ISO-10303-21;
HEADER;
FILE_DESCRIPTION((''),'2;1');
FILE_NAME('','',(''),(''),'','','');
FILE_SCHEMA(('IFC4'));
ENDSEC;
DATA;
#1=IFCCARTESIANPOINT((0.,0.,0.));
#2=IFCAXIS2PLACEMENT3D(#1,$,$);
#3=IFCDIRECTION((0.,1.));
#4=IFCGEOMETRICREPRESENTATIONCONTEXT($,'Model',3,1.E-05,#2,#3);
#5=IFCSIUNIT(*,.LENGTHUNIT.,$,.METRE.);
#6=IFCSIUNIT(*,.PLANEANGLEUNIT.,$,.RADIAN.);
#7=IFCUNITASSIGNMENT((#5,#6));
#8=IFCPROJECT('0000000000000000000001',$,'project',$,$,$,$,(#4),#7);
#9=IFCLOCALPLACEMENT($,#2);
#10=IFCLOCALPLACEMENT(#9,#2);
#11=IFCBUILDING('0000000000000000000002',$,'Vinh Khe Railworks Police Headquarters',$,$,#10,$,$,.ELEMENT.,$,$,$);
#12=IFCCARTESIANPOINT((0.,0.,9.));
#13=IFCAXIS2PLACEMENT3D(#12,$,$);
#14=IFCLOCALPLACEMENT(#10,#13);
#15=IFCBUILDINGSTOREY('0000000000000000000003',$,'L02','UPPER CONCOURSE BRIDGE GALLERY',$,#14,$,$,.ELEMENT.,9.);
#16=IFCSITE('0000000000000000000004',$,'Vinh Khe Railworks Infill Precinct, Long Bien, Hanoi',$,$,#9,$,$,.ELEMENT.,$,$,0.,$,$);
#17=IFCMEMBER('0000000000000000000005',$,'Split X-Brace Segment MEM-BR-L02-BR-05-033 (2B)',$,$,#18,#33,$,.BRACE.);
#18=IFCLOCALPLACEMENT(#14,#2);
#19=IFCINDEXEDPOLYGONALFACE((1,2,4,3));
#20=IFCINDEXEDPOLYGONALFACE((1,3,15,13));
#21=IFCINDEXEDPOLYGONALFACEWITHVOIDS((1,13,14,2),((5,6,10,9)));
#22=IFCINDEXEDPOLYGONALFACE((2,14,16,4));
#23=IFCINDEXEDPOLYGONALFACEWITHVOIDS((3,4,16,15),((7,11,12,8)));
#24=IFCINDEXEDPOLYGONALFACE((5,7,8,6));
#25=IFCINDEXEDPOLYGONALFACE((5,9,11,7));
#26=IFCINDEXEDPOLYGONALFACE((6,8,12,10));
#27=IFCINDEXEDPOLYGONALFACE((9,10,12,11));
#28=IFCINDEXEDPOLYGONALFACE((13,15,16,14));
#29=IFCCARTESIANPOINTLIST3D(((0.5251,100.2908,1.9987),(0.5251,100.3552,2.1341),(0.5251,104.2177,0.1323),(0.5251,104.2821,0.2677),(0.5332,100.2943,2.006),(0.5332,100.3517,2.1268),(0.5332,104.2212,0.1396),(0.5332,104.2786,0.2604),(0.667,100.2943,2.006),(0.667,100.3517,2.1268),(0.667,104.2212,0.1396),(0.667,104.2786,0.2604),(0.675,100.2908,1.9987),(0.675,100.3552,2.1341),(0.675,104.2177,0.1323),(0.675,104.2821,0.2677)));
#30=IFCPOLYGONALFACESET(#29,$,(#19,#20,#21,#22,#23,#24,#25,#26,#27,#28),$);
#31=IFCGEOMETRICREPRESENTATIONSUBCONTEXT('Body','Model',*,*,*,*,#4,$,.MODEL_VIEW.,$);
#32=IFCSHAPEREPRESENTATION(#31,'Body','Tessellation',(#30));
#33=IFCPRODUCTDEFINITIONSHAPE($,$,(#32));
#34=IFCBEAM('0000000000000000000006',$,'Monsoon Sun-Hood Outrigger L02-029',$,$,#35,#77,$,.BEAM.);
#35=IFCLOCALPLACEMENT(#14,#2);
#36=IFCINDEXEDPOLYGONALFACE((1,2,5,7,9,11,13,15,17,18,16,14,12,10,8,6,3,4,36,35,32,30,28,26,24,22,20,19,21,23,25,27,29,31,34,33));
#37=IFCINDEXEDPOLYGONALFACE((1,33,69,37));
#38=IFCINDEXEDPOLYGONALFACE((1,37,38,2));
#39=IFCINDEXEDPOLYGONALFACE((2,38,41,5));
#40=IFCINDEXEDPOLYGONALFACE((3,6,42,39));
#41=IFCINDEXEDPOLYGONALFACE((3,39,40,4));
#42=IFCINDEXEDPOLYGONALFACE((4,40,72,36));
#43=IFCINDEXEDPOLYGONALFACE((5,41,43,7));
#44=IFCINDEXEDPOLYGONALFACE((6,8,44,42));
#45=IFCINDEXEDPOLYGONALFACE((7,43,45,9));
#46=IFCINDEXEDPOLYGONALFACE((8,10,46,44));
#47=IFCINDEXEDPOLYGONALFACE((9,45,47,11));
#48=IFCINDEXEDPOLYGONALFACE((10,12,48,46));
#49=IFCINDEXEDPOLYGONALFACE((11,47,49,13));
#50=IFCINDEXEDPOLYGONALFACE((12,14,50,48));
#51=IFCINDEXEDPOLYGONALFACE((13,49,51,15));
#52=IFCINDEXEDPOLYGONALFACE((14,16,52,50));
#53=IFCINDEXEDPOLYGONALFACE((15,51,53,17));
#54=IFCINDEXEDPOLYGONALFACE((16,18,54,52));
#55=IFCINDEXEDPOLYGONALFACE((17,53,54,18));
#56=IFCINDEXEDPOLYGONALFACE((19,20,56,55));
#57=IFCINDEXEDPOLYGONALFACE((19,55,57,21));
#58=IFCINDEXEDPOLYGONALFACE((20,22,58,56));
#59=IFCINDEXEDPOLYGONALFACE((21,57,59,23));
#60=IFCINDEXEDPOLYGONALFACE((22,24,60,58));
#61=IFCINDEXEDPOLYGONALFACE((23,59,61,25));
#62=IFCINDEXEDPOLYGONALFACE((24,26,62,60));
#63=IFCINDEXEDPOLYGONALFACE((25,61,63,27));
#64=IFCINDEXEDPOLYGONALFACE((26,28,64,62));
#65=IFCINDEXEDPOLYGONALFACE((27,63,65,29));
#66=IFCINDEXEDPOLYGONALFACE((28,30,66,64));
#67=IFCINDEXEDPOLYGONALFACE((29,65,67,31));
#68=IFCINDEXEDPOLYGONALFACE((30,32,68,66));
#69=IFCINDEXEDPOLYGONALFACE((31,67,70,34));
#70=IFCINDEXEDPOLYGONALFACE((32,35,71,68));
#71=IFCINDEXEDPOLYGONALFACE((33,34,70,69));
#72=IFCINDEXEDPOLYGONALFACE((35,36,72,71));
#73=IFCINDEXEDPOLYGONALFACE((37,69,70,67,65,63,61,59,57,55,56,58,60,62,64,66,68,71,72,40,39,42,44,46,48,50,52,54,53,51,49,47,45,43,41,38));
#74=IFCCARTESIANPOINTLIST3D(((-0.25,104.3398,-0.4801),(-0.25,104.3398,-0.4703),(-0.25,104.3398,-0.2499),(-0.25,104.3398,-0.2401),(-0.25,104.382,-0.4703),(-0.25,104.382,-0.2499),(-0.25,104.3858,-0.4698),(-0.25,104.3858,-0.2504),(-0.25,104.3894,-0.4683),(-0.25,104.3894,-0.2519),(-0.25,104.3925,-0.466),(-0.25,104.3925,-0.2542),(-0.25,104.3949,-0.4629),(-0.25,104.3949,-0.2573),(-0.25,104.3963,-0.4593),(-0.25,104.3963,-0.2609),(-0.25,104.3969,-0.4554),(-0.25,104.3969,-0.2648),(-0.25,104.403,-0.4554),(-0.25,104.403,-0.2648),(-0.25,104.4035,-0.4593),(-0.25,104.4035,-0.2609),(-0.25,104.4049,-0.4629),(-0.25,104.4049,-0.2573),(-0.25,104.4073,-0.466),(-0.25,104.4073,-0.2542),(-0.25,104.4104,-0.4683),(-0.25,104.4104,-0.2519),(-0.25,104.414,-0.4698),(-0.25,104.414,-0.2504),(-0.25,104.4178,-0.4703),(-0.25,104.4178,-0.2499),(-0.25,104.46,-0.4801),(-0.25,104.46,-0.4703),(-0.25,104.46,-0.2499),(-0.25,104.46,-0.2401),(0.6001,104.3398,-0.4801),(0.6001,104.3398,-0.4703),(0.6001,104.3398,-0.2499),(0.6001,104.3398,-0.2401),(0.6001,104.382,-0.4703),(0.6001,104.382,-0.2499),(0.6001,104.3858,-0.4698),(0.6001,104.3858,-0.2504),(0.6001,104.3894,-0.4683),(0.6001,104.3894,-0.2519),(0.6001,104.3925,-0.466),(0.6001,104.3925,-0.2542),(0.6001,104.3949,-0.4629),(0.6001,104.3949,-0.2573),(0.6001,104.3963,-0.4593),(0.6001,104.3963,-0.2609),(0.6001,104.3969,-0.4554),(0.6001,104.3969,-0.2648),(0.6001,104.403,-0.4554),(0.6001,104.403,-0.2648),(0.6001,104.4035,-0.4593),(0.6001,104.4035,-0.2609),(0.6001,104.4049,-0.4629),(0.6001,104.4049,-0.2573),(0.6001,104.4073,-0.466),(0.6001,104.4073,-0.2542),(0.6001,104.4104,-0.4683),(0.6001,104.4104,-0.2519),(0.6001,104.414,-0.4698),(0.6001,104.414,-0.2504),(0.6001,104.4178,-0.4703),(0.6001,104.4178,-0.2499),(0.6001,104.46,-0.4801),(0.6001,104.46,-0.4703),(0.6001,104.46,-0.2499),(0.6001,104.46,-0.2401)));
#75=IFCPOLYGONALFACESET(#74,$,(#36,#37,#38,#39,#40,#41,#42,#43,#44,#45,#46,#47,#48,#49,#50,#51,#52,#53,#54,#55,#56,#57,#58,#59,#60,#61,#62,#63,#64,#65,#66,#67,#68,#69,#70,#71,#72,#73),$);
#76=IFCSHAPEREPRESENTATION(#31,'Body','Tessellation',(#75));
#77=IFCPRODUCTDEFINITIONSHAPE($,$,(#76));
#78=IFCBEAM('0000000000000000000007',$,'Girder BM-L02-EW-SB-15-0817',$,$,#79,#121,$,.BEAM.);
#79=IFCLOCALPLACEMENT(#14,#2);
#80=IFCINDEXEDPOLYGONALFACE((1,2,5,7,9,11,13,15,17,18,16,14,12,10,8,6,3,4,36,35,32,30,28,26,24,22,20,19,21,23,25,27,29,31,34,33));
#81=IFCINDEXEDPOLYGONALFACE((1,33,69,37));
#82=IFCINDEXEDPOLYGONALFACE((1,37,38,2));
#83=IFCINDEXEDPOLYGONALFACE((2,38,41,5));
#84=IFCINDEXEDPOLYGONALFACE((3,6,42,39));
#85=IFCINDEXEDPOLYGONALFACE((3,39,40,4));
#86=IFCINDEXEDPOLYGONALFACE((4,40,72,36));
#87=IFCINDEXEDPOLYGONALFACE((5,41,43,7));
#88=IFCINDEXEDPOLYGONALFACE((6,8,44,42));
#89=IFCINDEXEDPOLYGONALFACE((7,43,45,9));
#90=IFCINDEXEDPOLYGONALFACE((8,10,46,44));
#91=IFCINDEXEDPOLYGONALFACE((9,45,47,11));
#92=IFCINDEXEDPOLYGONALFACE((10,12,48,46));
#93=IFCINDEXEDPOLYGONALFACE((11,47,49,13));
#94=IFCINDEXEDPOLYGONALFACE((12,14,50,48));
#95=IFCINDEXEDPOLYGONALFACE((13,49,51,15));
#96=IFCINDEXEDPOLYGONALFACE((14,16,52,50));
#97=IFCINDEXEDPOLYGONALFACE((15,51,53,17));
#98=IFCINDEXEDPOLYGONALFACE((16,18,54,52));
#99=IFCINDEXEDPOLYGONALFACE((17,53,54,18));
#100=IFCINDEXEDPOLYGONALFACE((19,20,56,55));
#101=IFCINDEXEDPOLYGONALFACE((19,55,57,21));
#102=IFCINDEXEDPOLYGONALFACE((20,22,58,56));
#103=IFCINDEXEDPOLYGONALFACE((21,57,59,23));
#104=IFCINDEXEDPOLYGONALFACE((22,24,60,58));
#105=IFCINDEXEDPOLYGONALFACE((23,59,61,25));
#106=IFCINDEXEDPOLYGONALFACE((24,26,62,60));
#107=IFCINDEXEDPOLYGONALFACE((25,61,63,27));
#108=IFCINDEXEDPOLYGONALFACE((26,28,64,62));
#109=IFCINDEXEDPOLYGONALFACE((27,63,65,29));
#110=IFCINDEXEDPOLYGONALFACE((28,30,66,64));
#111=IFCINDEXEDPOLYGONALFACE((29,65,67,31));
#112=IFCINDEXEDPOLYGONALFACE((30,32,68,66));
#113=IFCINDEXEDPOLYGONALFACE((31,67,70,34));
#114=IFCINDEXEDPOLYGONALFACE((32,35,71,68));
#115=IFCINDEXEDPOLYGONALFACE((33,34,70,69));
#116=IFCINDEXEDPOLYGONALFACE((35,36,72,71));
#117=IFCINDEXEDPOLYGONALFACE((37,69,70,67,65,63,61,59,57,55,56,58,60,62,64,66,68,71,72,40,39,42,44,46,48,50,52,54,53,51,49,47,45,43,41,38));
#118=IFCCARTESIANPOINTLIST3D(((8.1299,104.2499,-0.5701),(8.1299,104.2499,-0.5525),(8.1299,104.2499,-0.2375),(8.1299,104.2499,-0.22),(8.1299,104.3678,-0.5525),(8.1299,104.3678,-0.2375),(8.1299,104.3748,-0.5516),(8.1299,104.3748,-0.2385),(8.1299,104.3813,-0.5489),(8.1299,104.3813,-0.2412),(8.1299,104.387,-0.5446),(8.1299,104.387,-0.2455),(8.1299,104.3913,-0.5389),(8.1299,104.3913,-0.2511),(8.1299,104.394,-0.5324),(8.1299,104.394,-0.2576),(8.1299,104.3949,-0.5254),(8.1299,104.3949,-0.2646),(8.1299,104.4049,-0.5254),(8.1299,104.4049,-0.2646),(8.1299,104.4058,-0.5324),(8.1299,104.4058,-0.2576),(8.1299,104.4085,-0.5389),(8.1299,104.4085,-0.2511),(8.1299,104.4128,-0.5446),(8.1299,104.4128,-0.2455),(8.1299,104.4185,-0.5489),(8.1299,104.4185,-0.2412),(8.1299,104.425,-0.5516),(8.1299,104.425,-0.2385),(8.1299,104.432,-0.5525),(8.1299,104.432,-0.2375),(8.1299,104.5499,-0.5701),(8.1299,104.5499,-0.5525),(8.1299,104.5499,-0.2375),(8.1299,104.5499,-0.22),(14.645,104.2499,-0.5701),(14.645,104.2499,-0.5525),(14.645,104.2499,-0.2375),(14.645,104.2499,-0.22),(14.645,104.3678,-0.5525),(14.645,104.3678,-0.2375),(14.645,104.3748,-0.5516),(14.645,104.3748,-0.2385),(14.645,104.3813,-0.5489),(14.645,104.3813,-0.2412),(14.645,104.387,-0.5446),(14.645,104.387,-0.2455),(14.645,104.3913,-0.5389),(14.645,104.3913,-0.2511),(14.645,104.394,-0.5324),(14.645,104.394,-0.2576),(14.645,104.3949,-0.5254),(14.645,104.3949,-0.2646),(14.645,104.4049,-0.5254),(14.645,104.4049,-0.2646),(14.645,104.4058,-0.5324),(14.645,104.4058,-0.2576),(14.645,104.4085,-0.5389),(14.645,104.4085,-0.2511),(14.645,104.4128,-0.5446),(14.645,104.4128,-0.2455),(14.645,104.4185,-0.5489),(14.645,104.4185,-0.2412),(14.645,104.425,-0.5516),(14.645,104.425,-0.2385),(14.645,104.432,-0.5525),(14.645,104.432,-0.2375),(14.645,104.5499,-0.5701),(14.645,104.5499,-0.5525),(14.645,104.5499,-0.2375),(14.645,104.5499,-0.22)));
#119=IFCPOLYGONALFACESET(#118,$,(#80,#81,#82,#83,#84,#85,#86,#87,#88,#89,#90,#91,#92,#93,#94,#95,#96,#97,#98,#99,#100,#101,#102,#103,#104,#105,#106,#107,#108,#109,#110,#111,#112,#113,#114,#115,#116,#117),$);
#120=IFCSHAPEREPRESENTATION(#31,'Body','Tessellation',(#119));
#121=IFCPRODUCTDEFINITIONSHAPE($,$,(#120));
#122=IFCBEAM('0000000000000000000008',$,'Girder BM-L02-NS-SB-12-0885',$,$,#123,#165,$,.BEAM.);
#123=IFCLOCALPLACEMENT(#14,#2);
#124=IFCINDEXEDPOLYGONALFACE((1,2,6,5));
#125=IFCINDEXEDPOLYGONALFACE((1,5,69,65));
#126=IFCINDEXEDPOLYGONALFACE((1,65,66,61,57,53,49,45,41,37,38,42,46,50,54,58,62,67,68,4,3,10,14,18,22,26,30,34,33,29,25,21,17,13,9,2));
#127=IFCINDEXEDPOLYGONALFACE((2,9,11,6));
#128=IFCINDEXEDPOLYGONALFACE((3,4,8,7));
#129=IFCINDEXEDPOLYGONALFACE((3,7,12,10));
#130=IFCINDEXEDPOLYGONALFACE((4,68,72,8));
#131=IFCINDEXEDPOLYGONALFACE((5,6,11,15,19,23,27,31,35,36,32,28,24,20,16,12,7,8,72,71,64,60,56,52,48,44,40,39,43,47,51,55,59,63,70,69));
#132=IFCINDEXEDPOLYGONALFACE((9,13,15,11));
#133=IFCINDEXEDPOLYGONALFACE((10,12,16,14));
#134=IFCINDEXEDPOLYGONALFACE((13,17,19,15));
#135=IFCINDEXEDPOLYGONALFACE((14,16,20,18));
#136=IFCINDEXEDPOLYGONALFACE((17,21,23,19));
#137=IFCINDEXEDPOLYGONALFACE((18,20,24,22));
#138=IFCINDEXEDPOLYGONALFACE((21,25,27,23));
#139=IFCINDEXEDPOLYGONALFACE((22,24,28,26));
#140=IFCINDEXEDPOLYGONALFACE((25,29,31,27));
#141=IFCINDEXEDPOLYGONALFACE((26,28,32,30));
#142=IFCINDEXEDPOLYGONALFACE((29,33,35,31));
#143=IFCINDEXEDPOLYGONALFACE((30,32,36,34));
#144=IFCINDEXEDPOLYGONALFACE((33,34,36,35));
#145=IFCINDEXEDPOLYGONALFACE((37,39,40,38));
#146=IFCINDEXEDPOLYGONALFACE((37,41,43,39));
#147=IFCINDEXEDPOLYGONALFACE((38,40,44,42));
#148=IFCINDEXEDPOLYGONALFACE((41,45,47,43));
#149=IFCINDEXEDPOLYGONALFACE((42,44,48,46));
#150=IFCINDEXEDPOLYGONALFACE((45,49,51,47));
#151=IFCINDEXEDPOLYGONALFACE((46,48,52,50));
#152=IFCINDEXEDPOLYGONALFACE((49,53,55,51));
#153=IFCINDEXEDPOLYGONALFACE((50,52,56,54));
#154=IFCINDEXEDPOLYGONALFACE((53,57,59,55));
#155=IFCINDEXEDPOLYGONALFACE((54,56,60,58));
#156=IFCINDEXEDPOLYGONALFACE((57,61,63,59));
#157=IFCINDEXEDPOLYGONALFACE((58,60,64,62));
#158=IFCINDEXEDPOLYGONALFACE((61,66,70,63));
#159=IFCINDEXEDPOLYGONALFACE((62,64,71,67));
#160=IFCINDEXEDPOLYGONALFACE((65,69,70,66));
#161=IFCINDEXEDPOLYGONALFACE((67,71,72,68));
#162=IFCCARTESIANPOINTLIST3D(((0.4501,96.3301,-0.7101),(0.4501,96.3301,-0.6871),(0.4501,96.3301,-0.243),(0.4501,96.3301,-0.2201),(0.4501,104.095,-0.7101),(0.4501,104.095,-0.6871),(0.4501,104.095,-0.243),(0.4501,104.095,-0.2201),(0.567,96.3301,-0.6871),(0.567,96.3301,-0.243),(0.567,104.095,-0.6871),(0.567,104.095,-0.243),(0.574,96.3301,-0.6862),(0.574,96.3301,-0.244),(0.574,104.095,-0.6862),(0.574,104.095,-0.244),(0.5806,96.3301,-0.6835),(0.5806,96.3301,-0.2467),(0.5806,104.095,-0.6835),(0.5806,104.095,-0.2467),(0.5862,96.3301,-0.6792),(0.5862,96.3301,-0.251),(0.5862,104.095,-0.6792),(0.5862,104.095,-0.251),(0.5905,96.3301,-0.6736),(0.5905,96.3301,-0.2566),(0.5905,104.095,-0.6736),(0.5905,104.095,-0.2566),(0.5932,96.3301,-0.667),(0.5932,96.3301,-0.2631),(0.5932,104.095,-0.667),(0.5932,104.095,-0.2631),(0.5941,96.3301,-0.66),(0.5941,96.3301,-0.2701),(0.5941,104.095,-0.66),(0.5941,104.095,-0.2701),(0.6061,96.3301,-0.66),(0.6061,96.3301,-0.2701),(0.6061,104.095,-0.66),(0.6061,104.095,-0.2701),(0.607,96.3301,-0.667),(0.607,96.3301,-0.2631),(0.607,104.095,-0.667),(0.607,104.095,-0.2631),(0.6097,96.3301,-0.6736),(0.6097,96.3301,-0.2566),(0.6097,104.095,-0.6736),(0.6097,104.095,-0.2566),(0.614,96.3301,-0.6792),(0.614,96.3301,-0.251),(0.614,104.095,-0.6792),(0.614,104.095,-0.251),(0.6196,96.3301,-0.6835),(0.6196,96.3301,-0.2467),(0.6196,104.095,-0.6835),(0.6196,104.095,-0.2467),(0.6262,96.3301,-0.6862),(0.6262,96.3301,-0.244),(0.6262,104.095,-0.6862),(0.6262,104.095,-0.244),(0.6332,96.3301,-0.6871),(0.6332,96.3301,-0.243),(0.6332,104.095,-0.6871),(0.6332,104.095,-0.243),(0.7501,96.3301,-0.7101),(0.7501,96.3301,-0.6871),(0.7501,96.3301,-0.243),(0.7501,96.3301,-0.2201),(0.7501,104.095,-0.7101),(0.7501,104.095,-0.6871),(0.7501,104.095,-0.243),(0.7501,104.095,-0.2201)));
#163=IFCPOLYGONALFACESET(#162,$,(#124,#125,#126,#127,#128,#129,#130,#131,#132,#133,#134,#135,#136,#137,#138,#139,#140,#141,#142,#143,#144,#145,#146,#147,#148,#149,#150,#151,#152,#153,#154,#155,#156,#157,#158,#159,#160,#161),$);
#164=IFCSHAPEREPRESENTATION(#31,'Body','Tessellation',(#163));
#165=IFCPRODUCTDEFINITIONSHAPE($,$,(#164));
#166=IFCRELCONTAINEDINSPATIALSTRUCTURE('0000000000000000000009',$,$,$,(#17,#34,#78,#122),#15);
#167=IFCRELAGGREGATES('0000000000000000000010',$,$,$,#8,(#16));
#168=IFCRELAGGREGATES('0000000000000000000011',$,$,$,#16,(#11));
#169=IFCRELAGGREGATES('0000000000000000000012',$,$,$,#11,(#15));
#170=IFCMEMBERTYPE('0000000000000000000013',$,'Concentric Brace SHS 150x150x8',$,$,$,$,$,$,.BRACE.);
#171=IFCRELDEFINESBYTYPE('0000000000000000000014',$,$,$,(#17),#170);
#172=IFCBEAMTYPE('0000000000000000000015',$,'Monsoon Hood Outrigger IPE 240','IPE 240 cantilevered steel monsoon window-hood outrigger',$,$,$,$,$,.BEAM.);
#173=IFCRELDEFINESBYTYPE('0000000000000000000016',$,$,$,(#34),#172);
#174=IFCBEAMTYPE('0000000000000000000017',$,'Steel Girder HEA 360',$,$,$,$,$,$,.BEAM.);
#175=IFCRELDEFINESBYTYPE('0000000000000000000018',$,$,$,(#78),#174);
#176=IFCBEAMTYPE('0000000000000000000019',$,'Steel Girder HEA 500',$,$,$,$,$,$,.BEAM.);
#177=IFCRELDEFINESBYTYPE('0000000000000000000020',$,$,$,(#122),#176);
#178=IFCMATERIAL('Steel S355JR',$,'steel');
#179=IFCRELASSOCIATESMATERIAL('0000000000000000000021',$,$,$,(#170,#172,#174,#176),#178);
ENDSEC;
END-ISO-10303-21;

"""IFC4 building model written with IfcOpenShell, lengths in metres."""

from ifc_helpers import new_model, si_unit, direction, frame, origin, origin_2d, place, context, subcontext, project, spatial, hollow_rectangle, i_section, extrude, material, material_profile, profile_set, type_object, element, save


model = new_model("IFC4")

# Units and contexts
model_context = context("Model", 3, precision=1e-05, world=origin(), true_north=direction((0.0, 1.0)))
body_context = subcontext(model_context, "Body", "Model", "MODEL_VIEW")
ifc_project = project(units=[si_unit("LENGTHUNIT", "METRE"), si_unit("PLANEANGLEUNIT", "RADIAN")], contexts=[model_context])

# Site, building, storey
site_placement = place(None, origin())
site = spatial("IfcSite", under=ifc_project, at=site_placement, Name="Vinh Khe Railworks Infill Precinct, Long Bien, Hanoi", CompositionType="ELEMENT", RefElevation=0.0)
building_placement = place(site_placement, origin())
building = spatial("IfcBuilding", under=site, at=building_placement, Name="Vinh Khe Railworks Police Headquarters", CompositionType="ELEMENT")
storey_placement = place(building_placement, frame((0.0, 0.0, 9.0)))
storey = spatial("IfcBuildingStorey", under=building, at=storey_placement, Name="L02", Description="UPPER CONCOURSE BRIDGE GALLERY", CompositionType="ELEMENT", Elevation=9.0)

# Shared definitions
ifc_material_1 = material(Name="Steel S355JR", Category="steel")

# Member
ifc_material_profile_1 = material_profile(ifc_material_1, hollow_rectangle(XDim=0.1499, YDim=0.1499, WallThickness=0.0081, at=origin_2d()), Name="SHS 150x150x8")
ifc_profile_set_1 = profile_set([ifc_material_profile_1], Name="Steel S355JR")
member_type = type_object("IfcMemberType", Name="Concentric Brace SHS 150x150x8", PredefinedType="BRACE", material=ifc_profile_set_1)
member_1_placement = place(storey_placement, frame((0.6001, 100.323, 2.0664), z_axis=(0.0, 0.903177, -0.429269), x_axis=(-1.0, 0.0, 0.0)))
element("IfcMember", 1, at=member_1_placement, inside=storey, type_object=member_type, Name="Split X-Brace Segment MEM-BR-L02-BR-05-033 (2B)", PredefinedType="BRACE", context=body_context, shape_type="SweptSolid", body=[
    extrude(hollow_rectangle(XDim=0.1499, YDim=0.1499, WallThickness=0.0081, at=origin_2d()), origin(), (0.0, 0.0, 1.0), 4.3479),
])

# Beams
ifc_material_profile_2 = material_profile(ifc_material_1, i_section(OverallWidth=0.1201, OverallDepth=0.24, WebThickness=0.0061, FlangeThickness=0.0098, FilletRadius=0.0149, at=origin_2d()), Name="IPE 240")
ifc_profile_set_2 = profile_set([ifc_material_profile_2], Name="Steel S355JR")
beam_type_1 = type_object("IfcBeamType", Name="Monsoon Hood Outrigger IPE 240", Description="IPE 240 cantilevered steel monsoon window-hood outrigger", PredefinedType="BEAM", material=ifc_profile_set_2)
beam_1_placement = place(storey_placement, frame((-0.25, 104.3999, -0.3601), z_axis=(1.0, 0.0, 0.0), x_axis=(0.0, 1.0, 0.0)))
element("IfcBeam", 2, at=beam_1_placement, inside=storey, type_object=beam_type_1, Name="Monsoon Sun-Hood Outrigger L02-029", PredefinedType="BEAM", context=body_context, shape_type="SweptSolid", body=[
    extrude(i_section(OverallWidth=0.1201, OverallDepth=0.24, WebThickness=0.0061, FlangeThickness=0.0098, FilletRadius=0.0149, at=origin_2d()), origin(), (0.0, 0.0, 1.0), 0.8501),
])
ifc_material_profile_3 = material_profile(ifc_material_1, i_section(OverallWidth=0.3, OverallDepth=0.3501, WebThickness=0.01, FlangeThickness=0.0176, FilletRadius=0.0271, at=origin_2d()), Name="HEA 360")
ifc_profile_set_3 = profile_set([ifc_material_profile_3], Name="Steel S355JR")
beam_type_2 = type_object("IfcBeamType", Name="Steel Girder HEA 360", PredefinedType="BEAM", material=ifc_profile_set_3)
beam_2_placement = place(storey_placement, frame((8.1299, 104.3999, -0.395), z_axis=(1.0, 0.0, 0.0), x_axis=(0.0, 1.0, 0.0)))
element("IfcBeam", 3, at=beam_2_placement, inside=storey, type_object=beam_type_2, Name="Girder BM-L02-EW-SB-15-0817", PredefinedType="BEAM", context=body_context, shape_type="SweptSolid", body=[
    extrude(i_section(OverallWidth=0.3, OverallDepth=0.3501, WebThickness=0.01, FlangeThickness=0.0176, FilletRadius=0.0271, at=origin_2d()), origin(), (0.0, 0.0, 1.0), 6.5151),
])
ifc_material_profile_4 = material_profile(ifc_material_1, i_section(OverallWidth=0.3, OverallDepth=0.49, WebThickness=0.012, FlangeThickness=0.0229, FilletRadius=0.0271, at=origin_2d()), Name="HEA 500")
ifc_profile_set_4 = profile_set([ifc_material_profile_4], Name="Steel S355JR")
beam_type_3 = type_object("IfcBeamType", Name="Steel Girder HEA 500", PredefinedType="BEAM", material=ifc_profile_set_4)
beam_3_placement = place(storey_placement, frame((0.6001, 96.3301, -0.4651), z_axis=(0.0, 1.0, 0.0), x_axis=(-1.0, 0.0, 0.0)))
element("IfcBeam", 4, at=beam_3_placement, inside=storey, type_object=beam_type_3, Name="Girder BM-L02-NS-SB-12-0885", PredefinedType="BEAM", context=body_context, shape_type="SweptSolid", body=[
    extrude(i_section(OverallWidth=0.3, OverallDepth=0.49, WebThickness=0.012, FlangeThickness=0.0229, FilletRadius=0.0271, at=origin_2d()), origin(), (0.0, 0.0, 1.0), 7.7649),
])

save(model, "model.ifc")
